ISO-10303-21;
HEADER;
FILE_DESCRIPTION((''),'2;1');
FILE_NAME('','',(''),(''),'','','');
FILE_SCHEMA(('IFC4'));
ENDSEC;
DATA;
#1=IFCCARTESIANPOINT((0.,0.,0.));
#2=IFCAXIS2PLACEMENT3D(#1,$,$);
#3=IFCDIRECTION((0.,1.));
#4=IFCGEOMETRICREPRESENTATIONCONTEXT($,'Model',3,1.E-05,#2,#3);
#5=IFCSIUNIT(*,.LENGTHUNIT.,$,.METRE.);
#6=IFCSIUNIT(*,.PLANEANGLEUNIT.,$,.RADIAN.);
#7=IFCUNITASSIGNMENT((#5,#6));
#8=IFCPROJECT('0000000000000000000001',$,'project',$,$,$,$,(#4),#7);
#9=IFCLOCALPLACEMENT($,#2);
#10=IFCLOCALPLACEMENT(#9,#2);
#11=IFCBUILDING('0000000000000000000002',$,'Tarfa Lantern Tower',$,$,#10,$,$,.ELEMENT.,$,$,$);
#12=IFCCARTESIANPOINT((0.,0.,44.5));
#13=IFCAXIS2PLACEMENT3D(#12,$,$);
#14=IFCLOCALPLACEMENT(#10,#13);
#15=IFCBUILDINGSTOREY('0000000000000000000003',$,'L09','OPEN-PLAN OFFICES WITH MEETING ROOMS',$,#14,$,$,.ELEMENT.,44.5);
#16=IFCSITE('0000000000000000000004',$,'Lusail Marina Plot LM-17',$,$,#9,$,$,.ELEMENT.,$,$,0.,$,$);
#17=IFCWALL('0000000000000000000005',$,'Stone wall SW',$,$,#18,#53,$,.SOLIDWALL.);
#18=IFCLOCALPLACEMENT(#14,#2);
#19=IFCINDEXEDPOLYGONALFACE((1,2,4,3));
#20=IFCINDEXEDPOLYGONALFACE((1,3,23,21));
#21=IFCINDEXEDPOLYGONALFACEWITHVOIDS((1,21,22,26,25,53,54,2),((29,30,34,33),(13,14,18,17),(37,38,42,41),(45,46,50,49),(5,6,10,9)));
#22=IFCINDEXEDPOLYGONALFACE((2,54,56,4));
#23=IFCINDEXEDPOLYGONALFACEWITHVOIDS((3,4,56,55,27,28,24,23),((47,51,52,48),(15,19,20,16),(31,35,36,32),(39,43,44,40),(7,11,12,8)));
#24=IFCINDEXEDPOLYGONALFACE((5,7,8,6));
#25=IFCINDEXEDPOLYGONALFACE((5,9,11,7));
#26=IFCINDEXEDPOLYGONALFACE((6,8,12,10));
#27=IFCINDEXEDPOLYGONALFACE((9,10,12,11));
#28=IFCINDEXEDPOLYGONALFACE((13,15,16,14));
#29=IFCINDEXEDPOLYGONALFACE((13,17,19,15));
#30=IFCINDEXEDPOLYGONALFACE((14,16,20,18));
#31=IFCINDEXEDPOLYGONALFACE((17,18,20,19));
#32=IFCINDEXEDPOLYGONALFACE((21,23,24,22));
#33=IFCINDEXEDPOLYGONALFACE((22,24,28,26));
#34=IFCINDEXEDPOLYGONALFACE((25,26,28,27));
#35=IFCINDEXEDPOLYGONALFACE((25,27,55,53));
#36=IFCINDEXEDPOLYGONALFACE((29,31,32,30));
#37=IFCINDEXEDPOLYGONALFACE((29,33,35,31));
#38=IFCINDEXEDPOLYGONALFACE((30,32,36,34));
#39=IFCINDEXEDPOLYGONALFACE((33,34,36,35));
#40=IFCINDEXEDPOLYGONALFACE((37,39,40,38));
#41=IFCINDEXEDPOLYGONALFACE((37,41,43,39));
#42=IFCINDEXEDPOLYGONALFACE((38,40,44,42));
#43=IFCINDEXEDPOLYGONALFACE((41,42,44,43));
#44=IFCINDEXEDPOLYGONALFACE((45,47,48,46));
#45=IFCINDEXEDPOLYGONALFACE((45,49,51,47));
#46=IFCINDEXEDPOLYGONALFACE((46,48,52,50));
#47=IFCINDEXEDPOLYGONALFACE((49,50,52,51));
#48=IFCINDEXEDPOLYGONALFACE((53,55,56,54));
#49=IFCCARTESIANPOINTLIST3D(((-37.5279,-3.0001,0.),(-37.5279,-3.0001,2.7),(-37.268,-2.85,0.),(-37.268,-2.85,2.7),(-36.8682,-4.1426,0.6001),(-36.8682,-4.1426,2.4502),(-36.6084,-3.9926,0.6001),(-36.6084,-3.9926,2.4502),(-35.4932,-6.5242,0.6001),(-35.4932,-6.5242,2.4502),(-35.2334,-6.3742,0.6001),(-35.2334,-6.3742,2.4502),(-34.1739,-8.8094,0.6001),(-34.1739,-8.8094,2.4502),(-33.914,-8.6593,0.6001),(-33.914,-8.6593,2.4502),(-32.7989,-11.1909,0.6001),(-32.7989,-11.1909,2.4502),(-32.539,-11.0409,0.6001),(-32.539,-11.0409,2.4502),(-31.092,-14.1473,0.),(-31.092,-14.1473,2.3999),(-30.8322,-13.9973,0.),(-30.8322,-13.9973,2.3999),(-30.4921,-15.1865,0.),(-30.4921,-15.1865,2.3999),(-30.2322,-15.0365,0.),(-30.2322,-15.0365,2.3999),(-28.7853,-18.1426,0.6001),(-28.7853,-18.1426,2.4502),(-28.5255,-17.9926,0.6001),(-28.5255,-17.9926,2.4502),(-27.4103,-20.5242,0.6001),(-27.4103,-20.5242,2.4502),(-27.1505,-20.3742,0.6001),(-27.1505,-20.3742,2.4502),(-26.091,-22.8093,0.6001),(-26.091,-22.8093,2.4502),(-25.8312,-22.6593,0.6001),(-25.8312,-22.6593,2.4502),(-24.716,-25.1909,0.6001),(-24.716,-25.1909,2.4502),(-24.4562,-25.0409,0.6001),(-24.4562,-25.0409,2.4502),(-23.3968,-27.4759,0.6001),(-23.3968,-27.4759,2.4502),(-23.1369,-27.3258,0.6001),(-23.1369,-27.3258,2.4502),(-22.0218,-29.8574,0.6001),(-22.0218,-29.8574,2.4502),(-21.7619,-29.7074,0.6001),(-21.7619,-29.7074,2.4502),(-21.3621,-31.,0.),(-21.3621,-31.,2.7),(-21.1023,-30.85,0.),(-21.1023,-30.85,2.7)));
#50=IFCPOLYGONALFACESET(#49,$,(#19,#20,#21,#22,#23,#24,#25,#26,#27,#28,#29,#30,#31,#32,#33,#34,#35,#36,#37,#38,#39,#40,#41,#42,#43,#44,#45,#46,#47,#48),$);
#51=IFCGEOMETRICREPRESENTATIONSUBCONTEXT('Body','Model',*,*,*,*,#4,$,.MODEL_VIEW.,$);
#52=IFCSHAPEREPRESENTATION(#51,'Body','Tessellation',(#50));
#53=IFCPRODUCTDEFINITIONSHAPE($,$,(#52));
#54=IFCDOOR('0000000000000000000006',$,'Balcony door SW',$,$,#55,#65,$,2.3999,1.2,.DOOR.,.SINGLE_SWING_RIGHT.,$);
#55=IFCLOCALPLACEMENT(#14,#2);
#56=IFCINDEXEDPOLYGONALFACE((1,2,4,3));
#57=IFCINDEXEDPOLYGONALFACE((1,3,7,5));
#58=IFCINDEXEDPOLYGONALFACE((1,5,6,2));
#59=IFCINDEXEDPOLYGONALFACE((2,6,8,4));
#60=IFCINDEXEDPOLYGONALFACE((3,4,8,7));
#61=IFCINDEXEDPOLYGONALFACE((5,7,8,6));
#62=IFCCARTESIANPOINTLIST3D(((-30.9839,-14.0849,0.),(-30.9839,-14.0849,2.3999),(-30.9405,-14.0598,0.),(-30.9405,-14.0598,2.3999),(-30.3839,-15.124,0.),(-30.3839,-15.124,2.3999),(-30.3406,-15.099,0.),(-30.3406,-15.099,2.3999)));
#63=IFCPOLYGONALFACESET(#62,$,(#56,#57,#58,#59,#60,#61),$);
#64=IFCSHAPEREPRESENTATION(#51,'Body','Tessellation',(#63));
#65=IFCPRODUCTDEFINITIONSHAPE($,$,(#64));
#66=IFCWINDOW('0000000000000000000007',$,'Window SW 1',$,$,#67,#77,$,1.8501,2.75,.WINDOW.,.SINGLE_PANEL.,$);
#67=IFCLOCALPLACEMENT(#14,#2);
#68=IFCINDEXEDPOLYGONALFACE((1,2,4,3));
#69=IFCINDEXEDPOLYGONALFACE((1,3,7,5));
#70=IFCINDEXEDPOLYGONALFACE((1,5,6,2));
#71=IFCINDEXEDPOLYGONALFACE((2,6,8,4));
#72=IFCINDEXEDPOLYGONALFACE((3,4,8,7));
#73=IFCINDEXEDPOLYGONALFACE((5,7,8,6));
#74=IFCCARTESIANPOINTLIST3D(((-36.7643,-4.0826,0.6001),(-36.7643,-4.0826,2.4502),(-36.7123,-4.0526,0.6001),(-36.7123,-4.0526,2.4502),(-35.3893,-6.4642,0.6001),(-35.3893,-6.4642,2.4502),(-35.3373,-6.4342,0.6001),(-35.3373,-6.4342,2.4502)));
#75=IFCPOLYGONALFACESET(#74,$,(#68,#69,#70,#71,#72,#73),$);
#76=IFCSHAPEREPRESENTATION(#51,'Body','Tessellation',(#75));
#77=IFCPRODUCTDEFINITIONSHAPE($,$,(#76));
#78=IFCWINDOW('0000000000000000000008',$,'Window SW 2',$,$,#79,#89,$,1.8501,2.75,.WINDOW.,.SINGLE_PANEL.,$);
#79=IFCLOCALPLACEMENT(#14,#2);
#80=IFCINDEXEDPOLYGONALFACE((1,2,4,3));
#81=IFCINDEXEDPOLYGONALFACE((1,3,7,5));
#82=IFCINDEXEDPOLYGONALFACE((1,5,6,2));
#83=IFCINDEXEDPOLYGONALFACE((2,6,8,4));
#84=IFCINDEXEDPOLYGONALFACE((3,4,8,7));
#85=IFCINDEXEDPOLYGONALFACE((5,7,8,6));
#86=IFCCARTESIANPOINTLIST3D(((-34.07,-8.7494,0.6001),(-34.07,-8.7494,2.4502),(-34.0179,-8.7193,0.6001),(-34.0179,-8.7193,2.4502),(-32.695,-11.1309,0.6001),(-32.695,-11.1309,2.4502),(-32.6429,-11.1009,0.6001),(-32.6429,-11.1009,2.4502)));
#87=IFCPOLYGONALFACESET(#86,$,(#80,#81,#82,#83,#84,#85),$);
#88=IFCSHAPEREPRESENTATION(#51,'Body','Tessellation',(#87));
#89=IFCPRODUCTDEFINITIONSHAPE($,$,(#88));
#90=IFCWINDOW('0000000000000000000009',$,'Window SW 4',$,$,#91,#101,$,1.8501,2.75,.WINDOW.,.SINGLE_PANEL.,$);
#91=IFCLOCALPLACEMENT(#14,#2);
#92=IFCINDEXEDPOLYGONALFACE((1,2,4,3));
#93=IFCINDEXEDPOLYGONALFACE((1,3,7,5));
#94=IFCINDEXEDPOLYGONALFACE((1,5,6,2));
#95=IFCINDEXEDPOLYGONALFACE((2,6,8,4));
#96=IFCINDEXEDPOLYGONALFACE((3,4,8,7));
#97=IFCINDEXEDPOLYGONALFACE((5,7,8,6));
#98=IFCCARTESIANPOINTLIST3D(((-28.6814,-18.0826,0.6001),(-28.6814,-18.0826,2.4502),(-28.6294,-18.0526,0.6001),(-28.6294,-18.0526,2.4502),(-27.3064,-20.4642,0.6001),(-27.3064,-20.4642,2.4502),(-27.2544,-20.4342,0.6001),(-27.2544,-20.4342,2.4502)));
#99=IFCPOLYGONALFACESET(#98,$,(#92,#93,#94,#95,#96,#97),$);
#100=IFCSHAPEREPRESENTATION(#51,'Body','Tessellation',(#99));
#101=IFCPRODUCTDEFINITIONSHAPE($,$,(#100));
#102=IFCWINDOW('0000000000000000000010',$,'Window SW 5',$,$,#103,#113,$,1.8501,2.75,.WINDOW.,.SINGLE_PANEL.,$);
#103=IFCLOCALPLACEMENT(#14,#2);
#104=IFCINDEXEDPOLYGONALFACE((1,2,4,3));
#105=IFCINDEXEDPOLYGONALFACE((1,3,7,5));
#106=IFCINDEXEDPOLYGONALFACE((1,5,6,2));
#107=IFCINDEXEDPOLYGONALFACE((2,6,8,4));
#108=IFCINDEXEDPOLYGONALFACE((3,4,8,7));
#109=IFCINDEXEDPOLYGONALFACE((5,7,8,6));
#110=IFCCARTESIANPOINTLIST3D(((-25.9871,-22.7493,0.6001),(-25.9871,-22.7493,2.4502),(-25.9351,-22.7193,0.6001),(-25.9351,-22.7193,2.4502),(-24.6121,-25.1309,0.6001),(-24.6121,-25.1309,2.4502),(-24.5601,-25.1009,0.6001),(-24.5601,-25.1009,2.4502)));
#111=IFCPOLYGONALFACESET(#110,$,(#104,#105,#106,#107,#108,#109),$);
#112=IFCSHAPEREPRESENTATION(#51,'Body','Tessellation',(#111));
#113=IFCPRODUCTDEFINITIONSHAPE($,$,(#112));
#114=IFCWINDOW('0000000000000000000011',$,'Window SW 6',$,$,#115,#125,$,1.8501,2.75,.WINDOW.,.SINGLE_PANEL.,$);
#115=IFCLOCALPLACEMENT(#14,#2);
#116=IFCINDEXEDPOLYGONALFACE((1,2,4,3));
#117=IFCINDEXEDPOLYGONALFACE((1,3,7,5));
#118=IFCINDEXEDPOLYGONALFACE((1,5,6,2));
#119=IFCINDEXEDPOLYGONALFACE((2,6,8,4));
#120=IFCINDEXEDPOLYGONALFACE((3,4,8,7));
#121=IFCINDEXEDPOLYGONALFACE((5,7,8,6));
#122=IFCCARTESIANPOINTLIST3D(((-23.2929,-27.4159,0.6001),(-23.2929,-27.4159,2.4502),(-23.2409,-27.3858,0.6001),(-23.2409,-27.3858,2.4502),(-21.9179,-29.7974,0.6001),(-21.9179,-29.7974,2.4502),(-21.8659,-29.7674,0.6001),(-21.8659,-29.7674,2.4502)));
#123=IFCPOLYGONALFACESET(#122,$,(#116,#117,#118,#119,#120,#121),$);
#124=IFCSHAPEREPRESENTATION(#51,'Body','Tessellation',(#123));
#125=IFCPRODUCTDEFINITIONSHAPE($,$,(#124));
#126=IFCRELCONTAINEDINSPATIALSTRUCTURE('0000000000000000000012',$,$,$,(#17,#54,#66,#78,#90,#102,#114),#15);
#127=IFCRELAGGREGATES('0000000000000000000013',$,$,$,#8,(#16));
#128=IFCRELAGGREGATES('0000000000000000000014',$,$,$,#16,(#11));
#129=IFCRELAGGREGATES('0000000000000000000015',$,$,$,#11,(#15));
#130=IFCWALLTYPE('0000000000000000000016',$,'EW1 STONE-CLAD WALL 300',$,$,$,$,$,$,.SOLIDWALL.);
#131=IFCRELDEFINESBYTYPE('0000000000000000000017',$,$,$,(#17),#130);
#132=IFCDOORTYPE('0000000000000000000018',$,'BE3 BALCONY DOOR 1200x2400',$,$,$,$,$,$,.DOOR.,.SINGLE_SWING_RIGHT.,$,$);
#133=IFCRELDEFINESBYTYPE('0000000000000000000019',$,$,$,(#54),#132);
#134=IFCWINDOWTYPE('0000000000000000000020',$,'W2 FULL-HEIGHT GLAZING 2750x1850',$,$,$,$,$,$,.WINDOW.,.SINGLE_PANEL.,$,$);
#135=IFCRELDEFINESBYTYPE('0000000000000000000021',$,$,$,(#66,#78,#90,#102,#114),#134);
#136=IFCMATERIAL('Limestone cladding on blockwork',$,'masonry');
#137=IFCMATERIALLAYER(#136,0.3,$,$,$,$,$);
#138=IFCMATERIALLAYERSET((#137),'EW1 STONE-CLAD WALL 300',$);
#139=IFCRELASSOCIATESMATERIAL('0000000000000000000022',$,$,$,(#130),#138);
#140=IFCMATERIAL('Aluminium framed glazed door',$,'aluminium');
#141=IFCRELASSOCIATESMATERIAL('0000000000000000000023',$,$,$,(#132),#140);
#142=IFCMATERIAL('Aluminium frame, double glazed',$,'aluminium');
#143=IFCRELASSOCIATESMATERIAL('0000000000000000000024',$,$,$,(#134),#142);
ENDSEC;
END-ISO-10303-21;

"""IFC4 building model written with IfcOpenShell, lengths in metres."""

from ifc_helpers import new_model, si_unit, direction, frame, frame_2d, origin, place, context, subcontext, project, spatial, rectangle, extrude, material, layer, layer_set, type_object, element, fill, save


model = new_model("IFC4")

# Units and contexts
model_context = context("Model", 3, precision=1e-05, world=origin(), true_north=direction((0.0, 1.0)))
body_context = subcontext(model_context, "Body", "Model", "MODEL_VIEW")
ifc_project = project(units=[si_unit("LENGTHUNIT", "METRE"), si_unit("PLANEANGLEUNIT", "RADIAN")], contexts=[model_context])

# Site, building, storey
site_placement = place(None, origin())
site = spatial("IfcSite", under=ifc_project, at=site_placement, Name="Lusail Marina Plot LM-17", CompositionType="ELEMENT", RefElevation=0.0)
building_placement = place(site_placement, origin())
building = spatial("IfcBuilding", under=site, at=building_placement, Name="Tarfa Lantern Tower", CompositionType="ELEMENT")
storey_placement = place(building_placement, frame((0.0, 0.0, 44.5)))
storey = spatial("IfcBuildingStorey", under=building, at=storey_placement, Name="L09", Description="OPEN-PLAN OFFICES WITH MEETING ROOMS", CompositionType="ELEMENT", Elevation=44.5)

# Wall, openings, door, windows
ifc_material_1 = material(Name="Limestone cladding on blockwork", Category="masonry")
ifc_layer_1 = layer(ifc_material_1, 0.3)
ifc_layer_set_1 = layer_set([ifc_layer_1], Name="EW1 STONE-CLAD WALL 300")
wall_type = type_object("IfcWallType", Name="EW1 STONE-CLAD WALL 300", PredefinedType="SOLIDWALL", material=ifc_layer_set_1)
wall_placement = place(storey_placement, frame((-37.3979, -2.925, 0.0), z_axis=(0.0, 0.0, 1.0), x_axis=(0.499999, -0.866026, 0.0)))
wall = element("IfcWall", 1, at=wall_placement, inside=storey, type_object=wall_type, Name="Stone wall SW", PredefinedType="SOLIDWALL", context=body_context, shape_type="SweptSolid", body=[
    extrude(rectangle(XDim=32.3315, YDim=0.3, at=frame_2d((16.1658, 0.0))), origin(), (0.0, 0.0, 1.0), 2.7),
])
opening_1_placement = place(wall_placement, frame((1.3193, 0.0, 0.6001)))
opening_1 = element("IfcOpeningElement", 2, at=opening_1_placement, cuts=wall, PredefinedType="OPENING", context=body_context, shape_type="SweptSolid", body=[
    extrude(rectangle(XDim=2.75, YDim=1.8501, at=frame_2d((1.375, 0.925))), frame((0.0, 0.1599, 0.0), z_axis=(0.0, -1.0, 0.0), x_axis=(1.0, 0.0, 0.0)), (0.0, 0.0, 1.0), 0.3201),
])
opening_2_placement = place(wall_placement, frame((6.708, 0.0, 0.6001)))
opening_2 = element("IfcOpeningElement", 3, at=opening_2_placement, cuts=wall, PredefinedType="OPENING", context=body_context, shape_type="SweptSolid", body=[
    extrude(rectangle(XDim=2.75, YDim=1.8501, at=frame_2d((1.375, 0.925))), frame((0.0, 0.1599, 0.0), z_axis=(0.0, -1.0, 0.0), x_axis=(1.0, 0.0, 0.0)), (0.0, 0.0, 1.0), 0.3201),
])
opening_3_placement = place(wall_placement, frame((12.8716, 0.0, 0.0)))
opening_3 = element("IfcOpeningElement", 4, at=opening_3_placement, cuts=wall, PredefinedType="OPENING", context=body_context, shape_type="SweptSolid", body=[
    extrude(rectangle(XDim=1.2, YDim=2.3999, at=frame_2d((0.6001, 1.2))), frame((0.0, 0.1599, 0.0), z_axis=(0.0, -1.0, 0.0), x_axis=(1.0, 0.0, 0.0)), (0.0, 0.0, 1.0), 0.3201),
])
opening_4_placement = place(wall_placement, frame((17.4851, 0.0, 0.6001)))
opening_4 = element("IfcOpeningElement", 5, at=opening_4_placement, cuts=wall, PredefinedType="OPENING", context=body_context, shape_type="SweptSolid", body=[
    extrude(rectangle(XDim=2.75, YDim=1.8501, at=frame_2d((1.375, 0.925))), frame((0.0, 0.1599, 0.0), z_axis=(0.0, -1.0, 0.0), x_axis=(1.0, 0.0, 0.0)), (0.0, 0.0, 1.0), 0.3201),
])
opening_5_placement = place(wall_placement, frame((22.8738, 0.0, 0.6001)))
opening_5 = element("IfcOpeningElement", 6, at=opening_5_placement, cuts=wall, PredefinedType="OPENING", context=body_context, shape_type="SweptSolid", body=[
    extrude(rectangle(XDim=2.75, YDim=1.8501, at=frame_2d((1.375, 0.925))), frame((0.0, 0.1599, 0.0), z_axis=(0.0, -1.0, 0.0), x_axis=(1.0, 0.0, 0.0)), (0.0, 0.0, 1.0), 0.3201),
])
opening_6_placement = place(wall_placement, frame((28.2622, 0.0, 0.6001)))
opening_6 = element("IfcOpeningElement", 7, at=opening_6_placement, cuts=wall, PredefinedType="OPENING", context=body_context, shape_type="SweptSolid", body=[
    extrude(rectangle(XDim=2.75, YDim=1.8501, at=frame_2d((1.375, 0.925))), frame((0.0, 0.1599, 0.0), z_axis=(0.0, -1.0, 0.0), x_axis=(1.0, 0.0, 0.0)), (0.0, 0.0, 1.0), 0.3201),
])
ifc_material_2 = material(Name="Aluminium framed glazed door", Category="aluminium")
door_type = type_object("IfcDoorType", Name="BE3 BALCONY DOOR 1200x2400", OperationType="SINGLE_SWING_RIGHT", PredefinedType="DOOR", material=ifc_material_2)
door_placement = place(opening_3_placement, origin())
door = element("IfcDoor", 8, at=door_placement, inside=storey, type_object=door_type, Name="Balcony door SW", OperationType="SINGLE_SWING_RIGHT", OverallHeight=2.3999, OverallWidth=1.2, PredefinedType="DOOR", context=body_context, shape_type="SweptSolid", body=[
    extrude(rectangle(XDim=1.2, YDim=2.3999, at=frame_2d((0.6001, 1.2))), frame((0.0, 0.0249, 0.0), z_axis=(0.0, -1.0, 0.0), x_axis=(1.0, 0.0, 0.0)), (0.0, 0.0, 1.0), 0.05),
])
fill(opening_3, door)
ifc_material_3 = material(Name="Aluminium frame, double glazed", Category="aluminium")
window_type = type_object("IfcWindowType", Name="W2 FULL-HEIGHT GLAZING 2750x1850", PartitioningType="SINGLE_PANEL", PredefinedType="WINDOW", material=ifc_material_3)
window_1_placement = place(opening_1_placement, origin())
window_1 = element("IfcWindow", 9, at=window_1_placement, inside=storey, type_object=window_type, Name="Window SW 1", OverallHeight=1.8501, OverallWidth=2.75, PartitioningType="SINGLE_PANEL", PredefinedType="WINDOW", context=body_context, shape_type="SweptSolid", body=[
    extrude(rectangle(XDim=2.75, YDim=1.8501, at=frame_2d((1.375, 0.925))), frame((0.0, 0.03, 0.0), z_axis=(0.0, -1.0, 0.0), x_axis=(1.0, 0.0, 0.0)), (0.0, 0.0, 1.0), 0.0601),
])
fill(opening_1, window_1)
window_2_placement = place(opening_2_placement, origin())
window_2 = element("IfcWindow", 10, at=window_2_placement, inside=storey, type_object=window_type, Name="Window SW 2", OverallHeight=1.8501, OverallWidth=2.75, PartitioningType="SINGLE_PANEL", PredefinedType="WINDOW", context=body_context, shape_type="SweptSolid", body=[
    extrude(rectangle(XDim=2.75, YDim=1.8501, at=frame_2d((1.375, 0.925))), frame((0.0, 0.03, 0.0), z_axis=(0.0, -1.0, 0.0), x_axis=(1.0, 0.0, 0.0)), (0.0, 0.0, 1.0), 0.0601),
])
fill(opening_2, window_2)
window_3_placement = place(opening_4_placement, origin())
window_3 = element("IfcWindow", 11, at=window_3_placement, inside=storey, type_object=window_type, Name="Window SW 4", OverallHeight=1.8501, OverallWidth=2.75, PartitioningType="SINGLE_PANEL", PredefinedType="WINDOW", context=body_context, shape_type="SweptSolid", body=[
    extrude(rectangle(XDim=2.75, YDim=1.8501, at=frame_2d((1.375, 0.925))), frame((0.0, 0.03, 0.0), z_axis=(0.0, -1.0, 0.0), x_axis=(1.0, 0.0, 0.0)), (0.0, 0.0, 1.0), 0.0601),
])
fill(opening_4, window_3)
window_4_placement = place(opening_5_placement, origin())
window_4 = element("IfcWindow", 12, at=window_4_placement, inside=storey, type_object=window_type, Name="Window SW 5", OverallHeight=1.8501, OverallWidth=2.75, PartitioningType="SINGLE_PANEL", PredefinedType="WINDOW", context=body_context, shape_type="SweptSolid", body=[
    extrude(rectangle(XDim=2.75, YDim=1.8501, at=frame_2d((1.375, 0.925))), frame((0.0, 0.03, 0.0), z_axis=(0.0, -1.0, 0.0), x_axis=(1.0, 0.0, 0.0)), (0.0, 0.0, 1.0), 0.0601),
])
fill(opening_5, window_4)
window_5_placement = place(opening_6_placement, origin())
window_5 = element("IfcWindow", 13, at=window_5_placement, inside=storey, type_object=window_type, Name="Window SW 6", OverallHeight=1.8501, OverallWidth=2.75, PartitioningType="SINGLE_PANEL", PredefinedType="WINDOW", context=body_context, shape_type="SweptSolid", body=[
    extrude(rectangle(XDim=2.75, YDim=1.8501, at=frame_2d((1.375, 0.925))), frame((0.0, 0.03, 0.0), z_axis=(0.0, -1.0, 0.0), x_axis=(1.0, 0.0, 0.0)), (0.0, 0.0, 1.0), 0.0601),
])
fill(opening_6, window_5)

save(model, "model.ifc")
